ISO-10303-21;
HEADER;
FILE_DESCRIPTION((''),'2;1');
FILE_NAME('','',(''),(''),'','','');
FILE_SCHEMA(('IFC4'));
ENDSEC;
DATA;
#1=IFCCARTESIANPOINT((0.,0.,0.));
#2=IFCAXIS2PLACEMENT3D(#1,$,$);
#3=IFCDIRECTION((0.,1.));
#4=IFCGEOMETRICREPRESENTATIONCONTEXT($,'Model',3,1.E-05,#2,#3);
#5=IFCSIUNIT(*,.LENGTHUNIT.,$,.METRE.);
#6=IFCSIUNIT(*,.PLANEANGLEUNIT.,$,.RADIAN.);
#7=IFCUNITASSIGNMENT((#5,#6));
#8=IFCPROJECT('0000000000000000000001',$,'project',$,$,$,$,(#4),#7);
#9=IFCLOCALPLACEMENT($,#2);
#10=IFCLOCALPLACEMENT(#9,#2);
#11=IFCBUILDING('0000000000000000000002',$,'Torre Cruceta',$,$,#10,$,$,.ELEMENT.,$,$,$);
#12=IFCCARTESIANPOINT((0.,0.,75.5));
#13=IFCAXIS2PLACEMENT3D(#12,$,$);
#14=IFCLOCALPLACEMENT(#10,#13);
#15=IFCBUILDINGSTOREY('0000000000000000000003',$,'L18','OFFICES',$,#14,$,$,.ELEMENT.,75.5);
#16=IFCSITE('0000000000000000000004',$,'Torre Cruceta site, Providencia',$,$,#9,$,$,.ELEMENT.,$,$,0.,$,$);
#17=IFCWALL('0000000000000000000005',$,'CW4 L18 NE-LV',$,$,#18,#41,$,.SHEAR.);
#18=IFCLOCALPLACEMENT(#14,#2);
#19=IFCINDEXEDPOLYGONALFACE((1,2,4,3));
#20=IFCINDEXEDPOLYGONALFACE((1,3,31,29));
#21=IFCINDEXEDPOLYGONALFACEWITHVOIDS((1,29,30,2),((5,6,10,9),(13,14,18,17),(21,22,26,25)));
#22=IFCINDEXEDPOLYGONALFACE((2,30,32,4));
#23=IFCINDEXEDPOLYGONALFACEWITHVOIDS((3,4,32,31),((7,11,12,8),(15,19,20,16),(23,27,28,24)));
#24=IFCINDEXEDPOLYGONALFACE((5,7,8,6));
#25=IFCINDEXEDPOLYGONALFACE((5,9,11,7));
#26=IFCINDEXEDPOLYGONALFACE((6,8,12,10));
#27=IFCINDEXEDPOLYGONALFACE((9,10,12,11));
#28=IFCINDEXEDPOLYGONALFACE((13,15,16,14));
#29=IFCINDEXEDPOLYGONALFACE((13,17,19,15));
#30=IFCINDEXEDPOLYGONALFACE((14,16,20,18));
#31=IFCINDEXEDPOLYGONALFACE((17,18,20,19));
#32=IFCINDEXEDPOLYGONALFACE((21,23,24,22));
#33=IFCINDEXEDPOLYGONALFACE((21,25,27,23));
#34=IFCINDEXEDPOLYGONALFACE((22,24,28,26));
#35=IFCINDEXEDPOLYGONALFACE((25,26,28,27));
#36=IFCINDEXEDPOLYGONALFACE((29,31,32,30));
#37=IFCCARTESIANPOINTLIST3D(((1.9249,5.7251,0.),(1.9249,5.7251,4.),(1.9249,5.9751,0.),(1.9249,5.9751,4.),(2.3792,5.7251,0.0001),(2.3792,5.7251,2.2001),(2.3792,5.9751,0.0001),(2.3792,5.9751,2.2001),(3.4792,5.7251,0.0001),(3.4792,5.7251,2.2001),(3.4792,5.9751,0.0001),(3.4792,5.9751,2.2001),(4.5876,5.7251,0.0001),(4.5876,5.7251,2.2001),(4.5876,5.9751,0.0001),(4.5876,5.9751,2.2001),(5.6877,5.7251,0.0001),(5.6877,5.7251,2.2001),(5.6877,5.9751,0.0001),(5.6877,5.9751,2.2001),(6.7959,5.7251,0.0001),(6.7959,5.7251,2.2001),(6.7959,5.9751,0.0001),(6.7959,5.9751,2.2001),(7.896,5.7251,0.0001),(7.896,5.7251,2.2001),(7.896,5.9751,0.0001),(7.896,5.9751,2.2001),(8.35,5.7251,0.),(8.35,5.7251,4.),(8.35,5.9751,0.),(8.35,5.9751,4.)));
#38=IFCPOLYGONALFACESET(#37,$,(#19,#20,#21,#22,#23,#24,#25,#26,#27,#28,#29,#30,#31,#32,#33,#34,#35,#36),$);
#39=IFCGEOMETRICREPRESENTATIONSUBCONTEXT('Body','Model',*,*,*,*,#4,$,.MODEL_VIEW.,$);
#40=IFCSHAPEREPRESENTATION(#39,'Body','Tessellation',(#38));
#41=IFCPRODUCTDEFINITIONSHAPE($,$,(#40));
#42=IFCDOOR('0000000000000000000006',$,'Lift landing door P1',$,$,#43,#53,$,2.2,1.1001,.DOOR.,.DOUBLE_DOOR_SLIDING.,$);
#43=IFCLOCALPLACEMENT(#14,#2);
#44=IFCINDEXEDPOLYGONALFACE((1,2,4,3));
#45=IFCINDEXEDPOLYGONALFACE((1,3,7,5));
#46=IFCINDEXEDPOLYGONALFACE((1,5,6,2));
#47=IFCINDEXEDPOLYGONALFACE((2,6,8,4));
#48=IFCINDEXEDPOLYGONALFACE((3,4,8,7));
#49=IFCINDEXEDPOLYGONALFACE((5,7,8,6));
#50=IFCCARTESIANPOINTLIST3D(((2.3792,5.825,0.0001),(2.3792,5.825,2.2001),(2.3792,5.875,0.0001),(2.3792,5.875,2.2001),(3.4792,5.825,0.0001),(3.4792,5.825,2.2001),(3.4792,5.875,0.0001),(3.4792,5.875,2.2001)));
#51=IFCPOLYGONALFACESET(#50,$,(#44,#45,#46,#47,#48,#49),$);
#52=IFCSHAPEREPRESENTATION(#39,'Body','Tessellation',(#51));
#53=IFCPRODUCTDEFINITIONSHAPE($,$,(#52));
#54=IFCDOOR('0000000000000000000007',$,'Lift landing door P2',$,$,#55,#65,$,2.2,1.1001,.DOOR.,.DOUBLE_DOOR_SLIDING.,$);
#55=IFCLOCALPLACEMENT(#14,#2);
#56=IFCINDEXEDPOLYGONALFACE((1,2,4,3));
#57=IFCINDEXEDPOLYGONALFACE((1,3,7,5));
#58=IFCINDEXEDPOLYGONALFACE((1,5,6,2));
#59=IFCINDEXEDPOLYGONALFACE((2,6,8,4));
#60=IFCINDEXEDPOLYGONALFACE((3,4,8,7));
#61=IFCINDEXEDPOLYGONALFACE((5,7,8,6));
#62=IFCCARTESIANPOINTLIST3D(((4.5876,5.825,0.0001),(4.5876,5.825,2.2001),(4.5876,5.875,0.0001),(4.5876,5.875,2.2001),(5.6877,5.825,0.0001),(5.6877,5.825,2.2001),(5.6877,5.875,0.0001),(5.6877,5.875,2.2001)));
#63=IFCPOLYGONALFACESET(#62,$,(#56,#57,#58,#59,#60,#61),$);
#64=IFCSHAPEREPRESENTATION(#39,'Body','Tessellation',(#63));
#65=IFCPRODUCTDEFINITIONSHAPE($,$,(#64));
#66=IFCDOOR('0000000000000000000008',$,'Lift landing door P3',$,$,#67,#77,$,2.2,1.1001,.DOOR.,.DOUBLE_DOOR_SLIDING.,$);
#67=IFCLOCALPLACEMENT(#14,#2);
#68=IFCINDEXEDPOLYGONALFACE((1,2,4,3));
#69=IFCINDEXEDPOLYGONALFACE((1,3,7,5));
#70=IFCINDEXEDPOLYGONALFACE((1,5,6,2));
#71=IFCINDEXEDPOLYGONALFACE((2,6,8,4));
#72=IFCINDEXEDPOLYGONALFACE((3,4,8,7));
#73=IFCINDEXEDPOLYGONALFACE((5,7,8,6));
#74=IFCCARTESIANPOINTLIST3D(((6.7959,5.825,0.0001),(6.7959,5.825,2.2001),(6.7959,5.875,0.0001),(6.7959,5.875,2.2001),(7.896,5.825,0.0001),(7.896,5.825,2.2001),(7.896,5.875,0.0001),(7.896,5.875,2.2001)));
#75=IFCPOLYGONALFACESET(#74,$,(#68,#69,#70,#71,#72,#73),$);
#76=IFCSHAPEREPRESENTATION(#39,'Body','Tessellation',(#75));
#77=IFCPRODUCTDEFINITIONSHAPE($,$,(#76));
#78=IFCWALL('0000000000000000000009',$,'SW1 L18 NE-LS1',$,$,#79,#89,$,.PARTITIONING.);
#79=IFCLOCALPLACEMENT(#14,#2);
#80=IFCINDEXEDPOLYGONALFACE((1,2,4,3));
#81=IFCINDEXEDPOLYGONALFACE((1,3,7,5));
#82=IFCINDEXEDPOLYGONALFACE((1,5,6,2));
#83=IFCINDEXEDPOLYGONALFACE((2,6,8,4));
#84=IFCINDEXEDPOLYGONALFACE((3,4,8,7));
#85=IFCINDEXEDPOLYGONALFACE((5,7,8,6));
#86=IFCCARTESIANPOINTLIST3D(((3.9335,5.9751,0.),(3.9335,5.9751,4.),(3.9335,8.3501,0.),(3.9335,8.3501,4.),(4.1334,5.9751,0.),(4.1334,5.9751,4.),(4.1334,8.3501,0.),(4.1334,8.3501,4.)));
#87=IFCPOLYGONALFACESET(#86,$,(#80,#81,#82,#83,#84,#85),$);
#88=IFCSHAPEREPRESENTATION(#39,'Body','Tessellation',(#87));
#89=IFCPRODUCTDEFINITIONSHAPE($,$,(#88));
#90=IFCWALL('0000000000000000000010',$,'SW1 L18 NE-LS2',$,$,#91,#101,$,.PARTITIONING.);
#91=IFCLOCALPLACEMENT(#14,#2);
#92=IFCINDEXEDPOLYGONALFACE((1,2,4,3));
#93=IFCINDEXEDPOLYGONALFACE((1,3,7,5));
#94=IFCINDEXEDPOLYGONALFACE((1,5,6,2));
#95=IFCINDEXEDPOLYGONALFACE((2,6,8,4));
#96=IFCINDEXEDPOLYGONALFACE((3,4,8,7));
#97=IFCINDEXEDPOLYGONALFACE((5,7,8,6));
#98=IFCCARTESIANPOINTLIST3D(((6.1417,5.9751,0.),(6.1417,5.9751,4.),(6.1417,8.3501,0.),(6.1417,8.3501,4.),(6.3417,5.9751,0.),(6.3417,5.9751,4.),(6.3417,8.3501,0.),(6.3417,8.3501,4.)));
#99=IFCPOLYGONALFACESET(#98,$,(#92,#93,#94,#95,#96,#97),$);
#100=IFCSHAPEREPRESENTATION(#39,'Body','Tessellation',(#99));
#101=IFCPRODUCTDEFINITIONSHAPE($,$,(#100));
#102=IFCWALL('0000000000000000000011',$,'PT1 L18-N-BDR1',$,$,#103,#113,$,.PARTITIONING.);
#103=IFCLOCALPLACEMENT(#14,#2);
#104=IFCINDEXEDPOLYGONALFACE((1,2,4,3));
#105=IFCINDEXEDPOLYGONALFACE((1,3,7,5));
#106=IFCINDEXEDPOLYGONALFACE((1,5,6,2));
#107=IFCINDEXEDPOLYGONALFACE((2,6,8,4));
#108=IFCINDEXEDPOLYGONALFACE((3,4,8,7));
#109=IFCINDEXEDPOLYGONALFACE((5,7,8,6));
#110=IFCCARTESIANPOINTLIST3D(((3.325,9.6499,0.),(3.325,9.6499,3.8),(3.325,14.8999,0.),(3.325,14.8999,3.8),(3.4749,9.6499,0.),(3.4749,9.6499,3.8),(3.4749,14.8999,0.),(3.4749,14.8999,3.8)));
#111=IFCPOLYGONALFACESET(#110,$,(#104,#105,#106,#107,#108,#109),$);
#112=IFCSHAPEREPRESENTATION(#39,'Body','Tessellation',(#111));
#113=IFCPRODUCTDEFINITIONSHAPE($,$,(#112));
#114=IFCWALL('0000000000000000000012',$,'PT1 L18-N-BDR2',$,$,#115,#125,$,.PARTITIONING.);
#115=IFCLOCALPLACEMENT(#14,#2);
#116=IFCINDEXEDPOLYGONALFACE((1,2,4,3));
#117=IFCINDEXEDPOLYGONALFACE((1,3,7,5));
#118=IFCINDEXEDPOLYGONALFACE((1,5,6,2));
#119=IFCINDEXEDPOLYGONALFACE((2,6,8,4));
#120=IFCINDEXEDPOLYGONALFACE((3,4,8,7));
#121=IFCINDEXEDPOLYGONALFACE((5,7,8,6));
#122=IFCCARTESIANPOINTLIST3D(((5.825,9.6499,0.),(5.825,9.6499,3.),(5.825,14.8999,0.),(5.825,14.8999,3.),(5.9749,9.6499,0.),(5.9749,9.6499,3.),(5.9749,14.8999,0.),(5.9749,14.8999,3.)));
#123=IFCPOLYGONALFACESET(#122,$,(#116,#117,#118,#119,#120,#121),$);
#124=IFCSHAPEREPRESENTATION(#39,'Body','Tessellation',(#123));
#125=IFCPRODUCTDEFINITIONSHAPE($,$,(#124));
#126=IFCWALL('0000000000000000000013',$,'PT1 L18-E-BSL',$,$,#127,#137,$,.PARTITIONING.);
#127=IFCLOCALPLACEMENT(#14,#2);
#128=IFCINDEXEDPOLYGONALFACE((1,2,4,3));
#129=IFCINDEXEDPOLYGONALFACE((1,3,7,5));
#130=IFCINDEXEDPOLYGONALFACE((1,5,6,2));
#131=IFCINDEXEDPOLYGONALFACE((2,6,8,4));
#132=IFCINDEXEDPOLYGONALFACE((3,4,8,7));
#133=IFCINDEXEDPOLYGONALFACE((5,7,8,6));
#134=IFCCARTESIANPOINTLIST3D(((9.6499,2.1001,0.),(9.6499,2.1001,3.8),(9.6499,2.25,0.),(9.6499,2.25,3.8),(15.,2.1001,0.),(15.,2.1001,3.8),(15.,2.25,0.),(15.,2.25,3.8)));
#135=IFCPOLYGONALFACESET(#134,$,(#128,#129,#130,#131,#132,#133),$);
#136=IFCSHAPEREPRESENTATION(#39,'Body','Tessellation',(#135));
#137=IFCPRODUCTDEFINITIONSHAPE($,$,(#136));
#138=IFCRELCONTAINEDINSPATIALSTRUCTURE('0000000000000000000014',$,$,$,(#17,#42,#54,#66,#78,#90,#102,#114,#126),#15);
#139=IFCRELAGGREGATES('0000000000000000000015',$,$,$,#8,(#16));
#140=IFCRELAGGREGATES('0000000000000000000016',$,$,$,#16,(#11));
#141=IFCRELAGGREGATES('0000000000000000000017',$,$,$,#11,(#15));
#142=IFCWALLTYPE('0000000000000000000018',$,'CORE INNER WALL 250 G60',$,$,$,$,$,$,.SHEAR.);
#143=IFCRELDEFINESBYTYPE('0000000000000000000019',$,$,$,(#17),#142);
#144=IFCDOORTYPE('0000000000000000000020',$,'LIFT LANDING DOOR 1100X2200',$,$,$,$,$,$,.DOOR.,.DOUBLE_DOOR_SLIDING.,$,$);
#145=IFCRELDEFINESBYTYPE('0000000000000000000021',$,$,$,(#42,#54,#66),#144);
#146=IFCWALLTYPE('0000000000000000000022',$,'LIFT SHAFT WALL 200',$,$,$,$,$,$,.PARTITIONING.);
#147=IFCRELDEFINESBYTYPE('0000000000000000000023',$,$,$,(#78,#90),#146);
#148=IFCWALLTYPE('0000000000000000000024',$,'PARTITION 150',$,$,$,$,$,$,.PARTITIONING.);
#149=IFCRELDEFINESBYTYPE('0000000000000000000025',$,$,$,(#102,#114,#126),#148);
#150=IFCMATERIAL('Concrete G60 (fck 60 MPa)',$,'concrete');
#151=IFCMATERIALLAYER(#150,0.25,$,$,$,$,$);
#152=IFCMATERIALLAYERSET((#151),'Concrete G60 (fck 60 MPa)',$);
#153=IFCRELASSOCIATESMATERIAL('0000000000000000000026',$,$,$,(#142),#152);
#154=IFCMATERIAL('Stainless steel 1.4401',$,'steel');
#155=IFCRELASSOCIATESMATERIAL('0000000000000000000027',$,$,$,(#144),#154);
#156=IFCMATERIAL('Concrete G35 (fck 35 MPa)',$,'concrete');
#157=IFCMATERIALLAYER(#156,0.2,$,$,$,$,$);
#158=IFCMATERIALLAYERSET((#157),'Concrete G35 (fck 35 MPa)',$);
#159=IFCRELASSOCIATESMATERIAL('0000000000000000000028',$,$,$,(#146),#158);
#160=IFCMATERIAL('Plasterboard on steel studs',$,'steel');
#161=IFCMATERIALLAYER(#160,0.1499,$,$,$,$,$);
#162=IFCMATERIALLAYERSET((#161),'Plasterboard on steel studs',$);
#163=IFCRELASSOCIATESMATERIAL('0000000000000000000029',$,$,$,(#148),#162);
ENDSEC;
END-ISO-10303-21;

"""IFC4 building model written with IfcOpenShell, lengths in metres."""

from ifc_helpers import new_model, si_unit, direction, frame, frame_2d, origin, place, context, subcontext, project, spatial, rectangle, extrude, material, layer, layer_set, type_object, element, fill, save


model = new_model("IFC4")

# Units and contexts
model_context = context("Model", 3, precision=1e-05, world=origin(), true_north=direction((0.0, 1.0)))
body_context = subcontext(model_context, "Body", "Model", "MODEL_VIEW")
ifc_project = project(units=[si_unit("LENGTHUNIT", "METRE"), si_unit("PLANEANGLEUNIT", "RADIAN")], contexts=[model_context])

# Site, building, storey
site_placement = place(None, origin())
site = spatial("IfcSite", under=ifc_project, at=site_placement, Name="Torre Cruceta site, Providencia", CompositionType="ELEMENT", RefElevation=0.0)
building_placement = place(site_placement, origin())
building = spatial("IfcBuilding", under=site, at=building_placement, Name="Torre Cruceta", CompositionType="ELEMENT")
storey_placement = place(building_placement, frame((0.0, 0.0, 75.5)))
storey = spatial("IfcBuildingStorey", under=building, at=storey_placement, Name="L18", Description="OFFICES", CompositionType="ELEMENT", Elevation=75.5)

# Shared definitions
ifc_material_1 = material(Name="Concrete G60 (fck 60 MPa)", Category="concrete")
ifc_layer_1 = layer(ifc_material_1, 0.25)
ifc_layer_set_1 = layer_set([ifc_layer_1], Name="Concrete G60 (fck 60 MPa)")
wall_type_1 = type_object("IfcWallType", Name="CORE INNER WALL 250 G60", PredefinedType="SHEAR", material=ifc_layer_set_1)

# Wall, openings, doors
wall_1_placement = place(storey_placement, frame((1.925, 5.8501, 0.0), z_axis=(0.0, 0.0, 1.0), x_axis=(1.0, 0.0, 0.0)))
wall_1 = element("IfcWall", 1, at=wall_1_placement, inside=storey, type_object=wall_type_1, Name="CW4 L18 NE-LV", PredefinedType="SHEAR", context=body_context, shape_type="SweptSolid", body=[
    extrude(rectangle(XDim=6.425, YDim=0.25, at=frame_2d((3.2124, 0.0))), origin(), (0.0, 0.0, 1.0), 4.0),
])
opening_1_placement = place(wall_1_placement, frame((0.4541, 0.0, 0.0)))
opening_1 = element("IfcOpeningElement", 2, at=opening_1_placement, cuts=wall_1, PredefinedType="OPENING", context=body_context, shape_type="SweptSolid", body=[
    extrude(rectangle(XDim=1.1001, YDim=2.2, at=frame_2d((0.55, 1.1001))), frame((0.0, 0.135, 0.0), z_axis=(0.0, -1.0, 0.0), x_axis=(1.0, 0.0, 0.0)), (0.0, 0.0, 1.0), 0.27),
])
opening_2_placement = place(wall_1_placement, frame((2.6626, 0.0, 0.0)))
opening_2 = element("IfcOpeningElement", 3, at=opening_2_placement, cuts=wall_1, PredefinedType="OPENING", context=body_context, shape_type="SweptSolid", body=[
    extrude(rectangle(XDim=1.1001, YDim=2.2, at=frame_2d((0.55, 1.1001))), frame((0.0, 0.135, 0.0), z_axis=(0.0, -1.0, 0.0), x_axis=(1.0, 0.0, 0.0)), (0.0, 0.0, 1.0), 0.27),
])
opening_3_placement = place(wall_1_placement, frame((4.8708, 0.0, 0.0)))
opening_3 = element("IfcOpeningElement", 4, at=opening_3_placement, cuts=wall_1, PredefinedType="OPENING", context=body_context, shape_type="SweptSolid", body=[
    extrude(rectangle(XDim=1.1001, YDim=2.2, at=frame_2d((0.55, 1.1001))), frame((0.0, 0.135, 0.0), z_axis=(0.0, -1.0, 0.0), x_axis=(1.0, 0.0, 0.0)), (0.0, 0.0, 1.0), 0.27),
])
ifc_material_2 = material(Name="Stainless steel 1.4401", Category="steel")
door_type_1 = type_object("IfcDoorType", Name="LIFT LANDING DOOR 1100X2200", OperationType="DOUBLE_DOOR_SLIDING", PredefinedType="DOOR", material=ifc_material_2)
door_1_placement = place(opening_1_placement, origin())
door_1 = element("IfcDoor", 5, at=door_1_placement, inside=storey, type_object=door_type_1, Name="Lift landing door P1", OperationType="DOUBLE_DOOR_SLIDING", OverallHeight=2.2, OverallWidth=1.1001, PredefinedType="DOOR", context=body_context, shape_type="SweptSolid", body=[
    extrude(rectangle(XDim=1.1001, YDim=2.2, at=frame_2d((0.55, 1.1001))), frame((0.0, 0.0249, 0.0), z_axis=(0.0, -1.0, 0.0), x_axis=(1.0, 0.0, 0.0)), (0.0, 0.0, 1.0), 0.05),
])
fill(opening_1, door_1)
door_2_placement = place(opening_2_placement, origin())
door_2 = element("IfcDoor", 6, at=door_2_placement, inside=storey, type_object=door_type_1, Name="Lift landing door P2", OperationType="DOUBLE_DOOR_SLIDING", OverallHeight=2.2, OverallWidth=1.1001, PredefinedType="DOOR", context=body_context, shape_type="SweptSolid", body=[
    extrude(rectangle(XDim=1.1001, YDim=2.2, at=frame_2d((0.55, 1.1001))), frame((0.0, 0.0249, 0.0), z_axis=(0.0, -1.0, 0.0), x_axis=(1.0, 0.0, 0.0)), (0.0, 0.0, 1.0), 0.05),
])
fill(opening_2, door_2)
door_3_placement = place(opening_3_placement, origin())
door_3 = element("IfcDoor", 7, at=door_3_placement, inside=storey, type_object=door_type_1, Name="Lift landing door P3", OperationType="DOUBLE_DOOR_SLIDING", OverallHeight=2.2, OverallWidth=1.1001, PredefinedType="DOOR", context=body_context, shape_type="SweptSolid", body=[
    extrude(rectangle(XDim=1.1001, YDim=2.2, at=frame_2d((0.55, 1.1001))), frame((0.0, 0.0249, 0.0), z_axis=(0.0, -1.0, 0.0), x_axis=(1.0, 0.0, 0.0)), (0.0, 0.0, 1.0), 0.05),
])
fill(opening_3, door_3)

# Walls
ifc_material_3 = material(Name="Concrete G35 (fck 35 MPa)", Category="concrete")
ifc_layer_2 = layer(ifc_material_3, 0.2)
ifc_layer_set_2 = layer_set([ifc_layer_2], Name="Concrete G35 (fck 35 MPa)")
wall_type_2 = type_object("IfcWallType", Name="LIFT SHAFT WALL 200", PredefinedType="PARTITIONING", material=ifc_layer_set_2)
for number, where, z_axis, x_axis, name in (
    (8, (4.0334, 5.9751, 0.0), (0.0, 0.0, 1.0), (0.0, 1.0, 0.0), "SW1 L18 NE-LS1"),
    (9, (6.2417, 5.9751, 0.0), (0.0, 0.0, 1.0), (0.0, 1.0, 0.0), "SW1 L18 NE-LS2"),
):
    element("IfcWall", number, at=place(storey_placement, frame(where, z_axis=z_axis, x_axis=x_axis)), inside=storey, type_object=wall_type_2, Name=name, PredefinedType="PARTITIONING", context=body_context, shape_type="SweptSolid", body=[
        extrude(rectangle(XDim=2.375, YDim=0.2, at=frame_2d((1.1875, 0.0))), origin(), (0.0, 0.0, 1.0), 4.0),
    ])
ifc_material_4 = material(Name="Plasterboard on steel studs", Category="steel")
ifc_layer_3 = layer(ifc_material_4, 0.1499)
ifc_layer_set_3 = layer_set([ifc_layer_3], Name="Plasterboard on steel studs")
wall_type_3 = type_object("IfcWallType", Name="PARTITION 150", PredefinedType="PARTITIONING", material=ifc_layer_set_3)
wall_2_placement = place(storey_placement, frame((3.3999, 9.6499, 0.0), z_axis=(0.0, 0.0, 1.0), x_axis=(0.0, 1.0, 0.0)))
element("IfcWall", 10, at=wall_2_placement, inside=storey, type_object=wall_type_3, Name="PT1 L18-N-BDR1", PredefinedType="PARTITIONING", context=body_context, shape_type="SweptSolid", body=[
    extrude(rectangle(XDim=5.25, YDim=0.1499, at=frame_2d((2.625, 0.0))), origin(), (0.0, 0.0, 1.0), 3.8),
])
wall_3_placement = place(storey_placement, frame((5.8999, 9.6499, 0.0), z_axis=(0.0, 0.0, 1.0), x_axis=(0.0, 1.0, 0.0)))
element("IfcWall", 11, at=wall_3_placement, inside=storey, type_object=wall_type_3, Name="PT1 L18-N-BDR2", PredefinedType="PARTITIONING", context=body_context, shape_type="SweptSolid", body=[
    extrude(rectangle(XDim=5.25, YDim=0.1499, at=frame_2d((2.625, 0.0))), origin(), (0.0, 0.0, 1.0), 3.0),
])
wall_4_placement = place(storey_placement, frame((9.6499, 2.175, 0.0), z_axis=(0.0, 0.0, 1.0), x_axis=(1.0, 0.0, 0.0)))
element("IfcWall", 12, at=wall_4_placement, inside=storey, type_object=wall_type_3, Name="PT1 L18-E-BSL", PredefinedType="PARTITIONING", context=body_context, shape_type="SweptSolid", body=[
    extrude(rectangle(XDim=5.3501, YDim=0.1499, at=frame_2d((2.675, 0.0))), origin(), (0.0, 0.0, 1.0), 3.8),
])

save(model, "model.ifc")
